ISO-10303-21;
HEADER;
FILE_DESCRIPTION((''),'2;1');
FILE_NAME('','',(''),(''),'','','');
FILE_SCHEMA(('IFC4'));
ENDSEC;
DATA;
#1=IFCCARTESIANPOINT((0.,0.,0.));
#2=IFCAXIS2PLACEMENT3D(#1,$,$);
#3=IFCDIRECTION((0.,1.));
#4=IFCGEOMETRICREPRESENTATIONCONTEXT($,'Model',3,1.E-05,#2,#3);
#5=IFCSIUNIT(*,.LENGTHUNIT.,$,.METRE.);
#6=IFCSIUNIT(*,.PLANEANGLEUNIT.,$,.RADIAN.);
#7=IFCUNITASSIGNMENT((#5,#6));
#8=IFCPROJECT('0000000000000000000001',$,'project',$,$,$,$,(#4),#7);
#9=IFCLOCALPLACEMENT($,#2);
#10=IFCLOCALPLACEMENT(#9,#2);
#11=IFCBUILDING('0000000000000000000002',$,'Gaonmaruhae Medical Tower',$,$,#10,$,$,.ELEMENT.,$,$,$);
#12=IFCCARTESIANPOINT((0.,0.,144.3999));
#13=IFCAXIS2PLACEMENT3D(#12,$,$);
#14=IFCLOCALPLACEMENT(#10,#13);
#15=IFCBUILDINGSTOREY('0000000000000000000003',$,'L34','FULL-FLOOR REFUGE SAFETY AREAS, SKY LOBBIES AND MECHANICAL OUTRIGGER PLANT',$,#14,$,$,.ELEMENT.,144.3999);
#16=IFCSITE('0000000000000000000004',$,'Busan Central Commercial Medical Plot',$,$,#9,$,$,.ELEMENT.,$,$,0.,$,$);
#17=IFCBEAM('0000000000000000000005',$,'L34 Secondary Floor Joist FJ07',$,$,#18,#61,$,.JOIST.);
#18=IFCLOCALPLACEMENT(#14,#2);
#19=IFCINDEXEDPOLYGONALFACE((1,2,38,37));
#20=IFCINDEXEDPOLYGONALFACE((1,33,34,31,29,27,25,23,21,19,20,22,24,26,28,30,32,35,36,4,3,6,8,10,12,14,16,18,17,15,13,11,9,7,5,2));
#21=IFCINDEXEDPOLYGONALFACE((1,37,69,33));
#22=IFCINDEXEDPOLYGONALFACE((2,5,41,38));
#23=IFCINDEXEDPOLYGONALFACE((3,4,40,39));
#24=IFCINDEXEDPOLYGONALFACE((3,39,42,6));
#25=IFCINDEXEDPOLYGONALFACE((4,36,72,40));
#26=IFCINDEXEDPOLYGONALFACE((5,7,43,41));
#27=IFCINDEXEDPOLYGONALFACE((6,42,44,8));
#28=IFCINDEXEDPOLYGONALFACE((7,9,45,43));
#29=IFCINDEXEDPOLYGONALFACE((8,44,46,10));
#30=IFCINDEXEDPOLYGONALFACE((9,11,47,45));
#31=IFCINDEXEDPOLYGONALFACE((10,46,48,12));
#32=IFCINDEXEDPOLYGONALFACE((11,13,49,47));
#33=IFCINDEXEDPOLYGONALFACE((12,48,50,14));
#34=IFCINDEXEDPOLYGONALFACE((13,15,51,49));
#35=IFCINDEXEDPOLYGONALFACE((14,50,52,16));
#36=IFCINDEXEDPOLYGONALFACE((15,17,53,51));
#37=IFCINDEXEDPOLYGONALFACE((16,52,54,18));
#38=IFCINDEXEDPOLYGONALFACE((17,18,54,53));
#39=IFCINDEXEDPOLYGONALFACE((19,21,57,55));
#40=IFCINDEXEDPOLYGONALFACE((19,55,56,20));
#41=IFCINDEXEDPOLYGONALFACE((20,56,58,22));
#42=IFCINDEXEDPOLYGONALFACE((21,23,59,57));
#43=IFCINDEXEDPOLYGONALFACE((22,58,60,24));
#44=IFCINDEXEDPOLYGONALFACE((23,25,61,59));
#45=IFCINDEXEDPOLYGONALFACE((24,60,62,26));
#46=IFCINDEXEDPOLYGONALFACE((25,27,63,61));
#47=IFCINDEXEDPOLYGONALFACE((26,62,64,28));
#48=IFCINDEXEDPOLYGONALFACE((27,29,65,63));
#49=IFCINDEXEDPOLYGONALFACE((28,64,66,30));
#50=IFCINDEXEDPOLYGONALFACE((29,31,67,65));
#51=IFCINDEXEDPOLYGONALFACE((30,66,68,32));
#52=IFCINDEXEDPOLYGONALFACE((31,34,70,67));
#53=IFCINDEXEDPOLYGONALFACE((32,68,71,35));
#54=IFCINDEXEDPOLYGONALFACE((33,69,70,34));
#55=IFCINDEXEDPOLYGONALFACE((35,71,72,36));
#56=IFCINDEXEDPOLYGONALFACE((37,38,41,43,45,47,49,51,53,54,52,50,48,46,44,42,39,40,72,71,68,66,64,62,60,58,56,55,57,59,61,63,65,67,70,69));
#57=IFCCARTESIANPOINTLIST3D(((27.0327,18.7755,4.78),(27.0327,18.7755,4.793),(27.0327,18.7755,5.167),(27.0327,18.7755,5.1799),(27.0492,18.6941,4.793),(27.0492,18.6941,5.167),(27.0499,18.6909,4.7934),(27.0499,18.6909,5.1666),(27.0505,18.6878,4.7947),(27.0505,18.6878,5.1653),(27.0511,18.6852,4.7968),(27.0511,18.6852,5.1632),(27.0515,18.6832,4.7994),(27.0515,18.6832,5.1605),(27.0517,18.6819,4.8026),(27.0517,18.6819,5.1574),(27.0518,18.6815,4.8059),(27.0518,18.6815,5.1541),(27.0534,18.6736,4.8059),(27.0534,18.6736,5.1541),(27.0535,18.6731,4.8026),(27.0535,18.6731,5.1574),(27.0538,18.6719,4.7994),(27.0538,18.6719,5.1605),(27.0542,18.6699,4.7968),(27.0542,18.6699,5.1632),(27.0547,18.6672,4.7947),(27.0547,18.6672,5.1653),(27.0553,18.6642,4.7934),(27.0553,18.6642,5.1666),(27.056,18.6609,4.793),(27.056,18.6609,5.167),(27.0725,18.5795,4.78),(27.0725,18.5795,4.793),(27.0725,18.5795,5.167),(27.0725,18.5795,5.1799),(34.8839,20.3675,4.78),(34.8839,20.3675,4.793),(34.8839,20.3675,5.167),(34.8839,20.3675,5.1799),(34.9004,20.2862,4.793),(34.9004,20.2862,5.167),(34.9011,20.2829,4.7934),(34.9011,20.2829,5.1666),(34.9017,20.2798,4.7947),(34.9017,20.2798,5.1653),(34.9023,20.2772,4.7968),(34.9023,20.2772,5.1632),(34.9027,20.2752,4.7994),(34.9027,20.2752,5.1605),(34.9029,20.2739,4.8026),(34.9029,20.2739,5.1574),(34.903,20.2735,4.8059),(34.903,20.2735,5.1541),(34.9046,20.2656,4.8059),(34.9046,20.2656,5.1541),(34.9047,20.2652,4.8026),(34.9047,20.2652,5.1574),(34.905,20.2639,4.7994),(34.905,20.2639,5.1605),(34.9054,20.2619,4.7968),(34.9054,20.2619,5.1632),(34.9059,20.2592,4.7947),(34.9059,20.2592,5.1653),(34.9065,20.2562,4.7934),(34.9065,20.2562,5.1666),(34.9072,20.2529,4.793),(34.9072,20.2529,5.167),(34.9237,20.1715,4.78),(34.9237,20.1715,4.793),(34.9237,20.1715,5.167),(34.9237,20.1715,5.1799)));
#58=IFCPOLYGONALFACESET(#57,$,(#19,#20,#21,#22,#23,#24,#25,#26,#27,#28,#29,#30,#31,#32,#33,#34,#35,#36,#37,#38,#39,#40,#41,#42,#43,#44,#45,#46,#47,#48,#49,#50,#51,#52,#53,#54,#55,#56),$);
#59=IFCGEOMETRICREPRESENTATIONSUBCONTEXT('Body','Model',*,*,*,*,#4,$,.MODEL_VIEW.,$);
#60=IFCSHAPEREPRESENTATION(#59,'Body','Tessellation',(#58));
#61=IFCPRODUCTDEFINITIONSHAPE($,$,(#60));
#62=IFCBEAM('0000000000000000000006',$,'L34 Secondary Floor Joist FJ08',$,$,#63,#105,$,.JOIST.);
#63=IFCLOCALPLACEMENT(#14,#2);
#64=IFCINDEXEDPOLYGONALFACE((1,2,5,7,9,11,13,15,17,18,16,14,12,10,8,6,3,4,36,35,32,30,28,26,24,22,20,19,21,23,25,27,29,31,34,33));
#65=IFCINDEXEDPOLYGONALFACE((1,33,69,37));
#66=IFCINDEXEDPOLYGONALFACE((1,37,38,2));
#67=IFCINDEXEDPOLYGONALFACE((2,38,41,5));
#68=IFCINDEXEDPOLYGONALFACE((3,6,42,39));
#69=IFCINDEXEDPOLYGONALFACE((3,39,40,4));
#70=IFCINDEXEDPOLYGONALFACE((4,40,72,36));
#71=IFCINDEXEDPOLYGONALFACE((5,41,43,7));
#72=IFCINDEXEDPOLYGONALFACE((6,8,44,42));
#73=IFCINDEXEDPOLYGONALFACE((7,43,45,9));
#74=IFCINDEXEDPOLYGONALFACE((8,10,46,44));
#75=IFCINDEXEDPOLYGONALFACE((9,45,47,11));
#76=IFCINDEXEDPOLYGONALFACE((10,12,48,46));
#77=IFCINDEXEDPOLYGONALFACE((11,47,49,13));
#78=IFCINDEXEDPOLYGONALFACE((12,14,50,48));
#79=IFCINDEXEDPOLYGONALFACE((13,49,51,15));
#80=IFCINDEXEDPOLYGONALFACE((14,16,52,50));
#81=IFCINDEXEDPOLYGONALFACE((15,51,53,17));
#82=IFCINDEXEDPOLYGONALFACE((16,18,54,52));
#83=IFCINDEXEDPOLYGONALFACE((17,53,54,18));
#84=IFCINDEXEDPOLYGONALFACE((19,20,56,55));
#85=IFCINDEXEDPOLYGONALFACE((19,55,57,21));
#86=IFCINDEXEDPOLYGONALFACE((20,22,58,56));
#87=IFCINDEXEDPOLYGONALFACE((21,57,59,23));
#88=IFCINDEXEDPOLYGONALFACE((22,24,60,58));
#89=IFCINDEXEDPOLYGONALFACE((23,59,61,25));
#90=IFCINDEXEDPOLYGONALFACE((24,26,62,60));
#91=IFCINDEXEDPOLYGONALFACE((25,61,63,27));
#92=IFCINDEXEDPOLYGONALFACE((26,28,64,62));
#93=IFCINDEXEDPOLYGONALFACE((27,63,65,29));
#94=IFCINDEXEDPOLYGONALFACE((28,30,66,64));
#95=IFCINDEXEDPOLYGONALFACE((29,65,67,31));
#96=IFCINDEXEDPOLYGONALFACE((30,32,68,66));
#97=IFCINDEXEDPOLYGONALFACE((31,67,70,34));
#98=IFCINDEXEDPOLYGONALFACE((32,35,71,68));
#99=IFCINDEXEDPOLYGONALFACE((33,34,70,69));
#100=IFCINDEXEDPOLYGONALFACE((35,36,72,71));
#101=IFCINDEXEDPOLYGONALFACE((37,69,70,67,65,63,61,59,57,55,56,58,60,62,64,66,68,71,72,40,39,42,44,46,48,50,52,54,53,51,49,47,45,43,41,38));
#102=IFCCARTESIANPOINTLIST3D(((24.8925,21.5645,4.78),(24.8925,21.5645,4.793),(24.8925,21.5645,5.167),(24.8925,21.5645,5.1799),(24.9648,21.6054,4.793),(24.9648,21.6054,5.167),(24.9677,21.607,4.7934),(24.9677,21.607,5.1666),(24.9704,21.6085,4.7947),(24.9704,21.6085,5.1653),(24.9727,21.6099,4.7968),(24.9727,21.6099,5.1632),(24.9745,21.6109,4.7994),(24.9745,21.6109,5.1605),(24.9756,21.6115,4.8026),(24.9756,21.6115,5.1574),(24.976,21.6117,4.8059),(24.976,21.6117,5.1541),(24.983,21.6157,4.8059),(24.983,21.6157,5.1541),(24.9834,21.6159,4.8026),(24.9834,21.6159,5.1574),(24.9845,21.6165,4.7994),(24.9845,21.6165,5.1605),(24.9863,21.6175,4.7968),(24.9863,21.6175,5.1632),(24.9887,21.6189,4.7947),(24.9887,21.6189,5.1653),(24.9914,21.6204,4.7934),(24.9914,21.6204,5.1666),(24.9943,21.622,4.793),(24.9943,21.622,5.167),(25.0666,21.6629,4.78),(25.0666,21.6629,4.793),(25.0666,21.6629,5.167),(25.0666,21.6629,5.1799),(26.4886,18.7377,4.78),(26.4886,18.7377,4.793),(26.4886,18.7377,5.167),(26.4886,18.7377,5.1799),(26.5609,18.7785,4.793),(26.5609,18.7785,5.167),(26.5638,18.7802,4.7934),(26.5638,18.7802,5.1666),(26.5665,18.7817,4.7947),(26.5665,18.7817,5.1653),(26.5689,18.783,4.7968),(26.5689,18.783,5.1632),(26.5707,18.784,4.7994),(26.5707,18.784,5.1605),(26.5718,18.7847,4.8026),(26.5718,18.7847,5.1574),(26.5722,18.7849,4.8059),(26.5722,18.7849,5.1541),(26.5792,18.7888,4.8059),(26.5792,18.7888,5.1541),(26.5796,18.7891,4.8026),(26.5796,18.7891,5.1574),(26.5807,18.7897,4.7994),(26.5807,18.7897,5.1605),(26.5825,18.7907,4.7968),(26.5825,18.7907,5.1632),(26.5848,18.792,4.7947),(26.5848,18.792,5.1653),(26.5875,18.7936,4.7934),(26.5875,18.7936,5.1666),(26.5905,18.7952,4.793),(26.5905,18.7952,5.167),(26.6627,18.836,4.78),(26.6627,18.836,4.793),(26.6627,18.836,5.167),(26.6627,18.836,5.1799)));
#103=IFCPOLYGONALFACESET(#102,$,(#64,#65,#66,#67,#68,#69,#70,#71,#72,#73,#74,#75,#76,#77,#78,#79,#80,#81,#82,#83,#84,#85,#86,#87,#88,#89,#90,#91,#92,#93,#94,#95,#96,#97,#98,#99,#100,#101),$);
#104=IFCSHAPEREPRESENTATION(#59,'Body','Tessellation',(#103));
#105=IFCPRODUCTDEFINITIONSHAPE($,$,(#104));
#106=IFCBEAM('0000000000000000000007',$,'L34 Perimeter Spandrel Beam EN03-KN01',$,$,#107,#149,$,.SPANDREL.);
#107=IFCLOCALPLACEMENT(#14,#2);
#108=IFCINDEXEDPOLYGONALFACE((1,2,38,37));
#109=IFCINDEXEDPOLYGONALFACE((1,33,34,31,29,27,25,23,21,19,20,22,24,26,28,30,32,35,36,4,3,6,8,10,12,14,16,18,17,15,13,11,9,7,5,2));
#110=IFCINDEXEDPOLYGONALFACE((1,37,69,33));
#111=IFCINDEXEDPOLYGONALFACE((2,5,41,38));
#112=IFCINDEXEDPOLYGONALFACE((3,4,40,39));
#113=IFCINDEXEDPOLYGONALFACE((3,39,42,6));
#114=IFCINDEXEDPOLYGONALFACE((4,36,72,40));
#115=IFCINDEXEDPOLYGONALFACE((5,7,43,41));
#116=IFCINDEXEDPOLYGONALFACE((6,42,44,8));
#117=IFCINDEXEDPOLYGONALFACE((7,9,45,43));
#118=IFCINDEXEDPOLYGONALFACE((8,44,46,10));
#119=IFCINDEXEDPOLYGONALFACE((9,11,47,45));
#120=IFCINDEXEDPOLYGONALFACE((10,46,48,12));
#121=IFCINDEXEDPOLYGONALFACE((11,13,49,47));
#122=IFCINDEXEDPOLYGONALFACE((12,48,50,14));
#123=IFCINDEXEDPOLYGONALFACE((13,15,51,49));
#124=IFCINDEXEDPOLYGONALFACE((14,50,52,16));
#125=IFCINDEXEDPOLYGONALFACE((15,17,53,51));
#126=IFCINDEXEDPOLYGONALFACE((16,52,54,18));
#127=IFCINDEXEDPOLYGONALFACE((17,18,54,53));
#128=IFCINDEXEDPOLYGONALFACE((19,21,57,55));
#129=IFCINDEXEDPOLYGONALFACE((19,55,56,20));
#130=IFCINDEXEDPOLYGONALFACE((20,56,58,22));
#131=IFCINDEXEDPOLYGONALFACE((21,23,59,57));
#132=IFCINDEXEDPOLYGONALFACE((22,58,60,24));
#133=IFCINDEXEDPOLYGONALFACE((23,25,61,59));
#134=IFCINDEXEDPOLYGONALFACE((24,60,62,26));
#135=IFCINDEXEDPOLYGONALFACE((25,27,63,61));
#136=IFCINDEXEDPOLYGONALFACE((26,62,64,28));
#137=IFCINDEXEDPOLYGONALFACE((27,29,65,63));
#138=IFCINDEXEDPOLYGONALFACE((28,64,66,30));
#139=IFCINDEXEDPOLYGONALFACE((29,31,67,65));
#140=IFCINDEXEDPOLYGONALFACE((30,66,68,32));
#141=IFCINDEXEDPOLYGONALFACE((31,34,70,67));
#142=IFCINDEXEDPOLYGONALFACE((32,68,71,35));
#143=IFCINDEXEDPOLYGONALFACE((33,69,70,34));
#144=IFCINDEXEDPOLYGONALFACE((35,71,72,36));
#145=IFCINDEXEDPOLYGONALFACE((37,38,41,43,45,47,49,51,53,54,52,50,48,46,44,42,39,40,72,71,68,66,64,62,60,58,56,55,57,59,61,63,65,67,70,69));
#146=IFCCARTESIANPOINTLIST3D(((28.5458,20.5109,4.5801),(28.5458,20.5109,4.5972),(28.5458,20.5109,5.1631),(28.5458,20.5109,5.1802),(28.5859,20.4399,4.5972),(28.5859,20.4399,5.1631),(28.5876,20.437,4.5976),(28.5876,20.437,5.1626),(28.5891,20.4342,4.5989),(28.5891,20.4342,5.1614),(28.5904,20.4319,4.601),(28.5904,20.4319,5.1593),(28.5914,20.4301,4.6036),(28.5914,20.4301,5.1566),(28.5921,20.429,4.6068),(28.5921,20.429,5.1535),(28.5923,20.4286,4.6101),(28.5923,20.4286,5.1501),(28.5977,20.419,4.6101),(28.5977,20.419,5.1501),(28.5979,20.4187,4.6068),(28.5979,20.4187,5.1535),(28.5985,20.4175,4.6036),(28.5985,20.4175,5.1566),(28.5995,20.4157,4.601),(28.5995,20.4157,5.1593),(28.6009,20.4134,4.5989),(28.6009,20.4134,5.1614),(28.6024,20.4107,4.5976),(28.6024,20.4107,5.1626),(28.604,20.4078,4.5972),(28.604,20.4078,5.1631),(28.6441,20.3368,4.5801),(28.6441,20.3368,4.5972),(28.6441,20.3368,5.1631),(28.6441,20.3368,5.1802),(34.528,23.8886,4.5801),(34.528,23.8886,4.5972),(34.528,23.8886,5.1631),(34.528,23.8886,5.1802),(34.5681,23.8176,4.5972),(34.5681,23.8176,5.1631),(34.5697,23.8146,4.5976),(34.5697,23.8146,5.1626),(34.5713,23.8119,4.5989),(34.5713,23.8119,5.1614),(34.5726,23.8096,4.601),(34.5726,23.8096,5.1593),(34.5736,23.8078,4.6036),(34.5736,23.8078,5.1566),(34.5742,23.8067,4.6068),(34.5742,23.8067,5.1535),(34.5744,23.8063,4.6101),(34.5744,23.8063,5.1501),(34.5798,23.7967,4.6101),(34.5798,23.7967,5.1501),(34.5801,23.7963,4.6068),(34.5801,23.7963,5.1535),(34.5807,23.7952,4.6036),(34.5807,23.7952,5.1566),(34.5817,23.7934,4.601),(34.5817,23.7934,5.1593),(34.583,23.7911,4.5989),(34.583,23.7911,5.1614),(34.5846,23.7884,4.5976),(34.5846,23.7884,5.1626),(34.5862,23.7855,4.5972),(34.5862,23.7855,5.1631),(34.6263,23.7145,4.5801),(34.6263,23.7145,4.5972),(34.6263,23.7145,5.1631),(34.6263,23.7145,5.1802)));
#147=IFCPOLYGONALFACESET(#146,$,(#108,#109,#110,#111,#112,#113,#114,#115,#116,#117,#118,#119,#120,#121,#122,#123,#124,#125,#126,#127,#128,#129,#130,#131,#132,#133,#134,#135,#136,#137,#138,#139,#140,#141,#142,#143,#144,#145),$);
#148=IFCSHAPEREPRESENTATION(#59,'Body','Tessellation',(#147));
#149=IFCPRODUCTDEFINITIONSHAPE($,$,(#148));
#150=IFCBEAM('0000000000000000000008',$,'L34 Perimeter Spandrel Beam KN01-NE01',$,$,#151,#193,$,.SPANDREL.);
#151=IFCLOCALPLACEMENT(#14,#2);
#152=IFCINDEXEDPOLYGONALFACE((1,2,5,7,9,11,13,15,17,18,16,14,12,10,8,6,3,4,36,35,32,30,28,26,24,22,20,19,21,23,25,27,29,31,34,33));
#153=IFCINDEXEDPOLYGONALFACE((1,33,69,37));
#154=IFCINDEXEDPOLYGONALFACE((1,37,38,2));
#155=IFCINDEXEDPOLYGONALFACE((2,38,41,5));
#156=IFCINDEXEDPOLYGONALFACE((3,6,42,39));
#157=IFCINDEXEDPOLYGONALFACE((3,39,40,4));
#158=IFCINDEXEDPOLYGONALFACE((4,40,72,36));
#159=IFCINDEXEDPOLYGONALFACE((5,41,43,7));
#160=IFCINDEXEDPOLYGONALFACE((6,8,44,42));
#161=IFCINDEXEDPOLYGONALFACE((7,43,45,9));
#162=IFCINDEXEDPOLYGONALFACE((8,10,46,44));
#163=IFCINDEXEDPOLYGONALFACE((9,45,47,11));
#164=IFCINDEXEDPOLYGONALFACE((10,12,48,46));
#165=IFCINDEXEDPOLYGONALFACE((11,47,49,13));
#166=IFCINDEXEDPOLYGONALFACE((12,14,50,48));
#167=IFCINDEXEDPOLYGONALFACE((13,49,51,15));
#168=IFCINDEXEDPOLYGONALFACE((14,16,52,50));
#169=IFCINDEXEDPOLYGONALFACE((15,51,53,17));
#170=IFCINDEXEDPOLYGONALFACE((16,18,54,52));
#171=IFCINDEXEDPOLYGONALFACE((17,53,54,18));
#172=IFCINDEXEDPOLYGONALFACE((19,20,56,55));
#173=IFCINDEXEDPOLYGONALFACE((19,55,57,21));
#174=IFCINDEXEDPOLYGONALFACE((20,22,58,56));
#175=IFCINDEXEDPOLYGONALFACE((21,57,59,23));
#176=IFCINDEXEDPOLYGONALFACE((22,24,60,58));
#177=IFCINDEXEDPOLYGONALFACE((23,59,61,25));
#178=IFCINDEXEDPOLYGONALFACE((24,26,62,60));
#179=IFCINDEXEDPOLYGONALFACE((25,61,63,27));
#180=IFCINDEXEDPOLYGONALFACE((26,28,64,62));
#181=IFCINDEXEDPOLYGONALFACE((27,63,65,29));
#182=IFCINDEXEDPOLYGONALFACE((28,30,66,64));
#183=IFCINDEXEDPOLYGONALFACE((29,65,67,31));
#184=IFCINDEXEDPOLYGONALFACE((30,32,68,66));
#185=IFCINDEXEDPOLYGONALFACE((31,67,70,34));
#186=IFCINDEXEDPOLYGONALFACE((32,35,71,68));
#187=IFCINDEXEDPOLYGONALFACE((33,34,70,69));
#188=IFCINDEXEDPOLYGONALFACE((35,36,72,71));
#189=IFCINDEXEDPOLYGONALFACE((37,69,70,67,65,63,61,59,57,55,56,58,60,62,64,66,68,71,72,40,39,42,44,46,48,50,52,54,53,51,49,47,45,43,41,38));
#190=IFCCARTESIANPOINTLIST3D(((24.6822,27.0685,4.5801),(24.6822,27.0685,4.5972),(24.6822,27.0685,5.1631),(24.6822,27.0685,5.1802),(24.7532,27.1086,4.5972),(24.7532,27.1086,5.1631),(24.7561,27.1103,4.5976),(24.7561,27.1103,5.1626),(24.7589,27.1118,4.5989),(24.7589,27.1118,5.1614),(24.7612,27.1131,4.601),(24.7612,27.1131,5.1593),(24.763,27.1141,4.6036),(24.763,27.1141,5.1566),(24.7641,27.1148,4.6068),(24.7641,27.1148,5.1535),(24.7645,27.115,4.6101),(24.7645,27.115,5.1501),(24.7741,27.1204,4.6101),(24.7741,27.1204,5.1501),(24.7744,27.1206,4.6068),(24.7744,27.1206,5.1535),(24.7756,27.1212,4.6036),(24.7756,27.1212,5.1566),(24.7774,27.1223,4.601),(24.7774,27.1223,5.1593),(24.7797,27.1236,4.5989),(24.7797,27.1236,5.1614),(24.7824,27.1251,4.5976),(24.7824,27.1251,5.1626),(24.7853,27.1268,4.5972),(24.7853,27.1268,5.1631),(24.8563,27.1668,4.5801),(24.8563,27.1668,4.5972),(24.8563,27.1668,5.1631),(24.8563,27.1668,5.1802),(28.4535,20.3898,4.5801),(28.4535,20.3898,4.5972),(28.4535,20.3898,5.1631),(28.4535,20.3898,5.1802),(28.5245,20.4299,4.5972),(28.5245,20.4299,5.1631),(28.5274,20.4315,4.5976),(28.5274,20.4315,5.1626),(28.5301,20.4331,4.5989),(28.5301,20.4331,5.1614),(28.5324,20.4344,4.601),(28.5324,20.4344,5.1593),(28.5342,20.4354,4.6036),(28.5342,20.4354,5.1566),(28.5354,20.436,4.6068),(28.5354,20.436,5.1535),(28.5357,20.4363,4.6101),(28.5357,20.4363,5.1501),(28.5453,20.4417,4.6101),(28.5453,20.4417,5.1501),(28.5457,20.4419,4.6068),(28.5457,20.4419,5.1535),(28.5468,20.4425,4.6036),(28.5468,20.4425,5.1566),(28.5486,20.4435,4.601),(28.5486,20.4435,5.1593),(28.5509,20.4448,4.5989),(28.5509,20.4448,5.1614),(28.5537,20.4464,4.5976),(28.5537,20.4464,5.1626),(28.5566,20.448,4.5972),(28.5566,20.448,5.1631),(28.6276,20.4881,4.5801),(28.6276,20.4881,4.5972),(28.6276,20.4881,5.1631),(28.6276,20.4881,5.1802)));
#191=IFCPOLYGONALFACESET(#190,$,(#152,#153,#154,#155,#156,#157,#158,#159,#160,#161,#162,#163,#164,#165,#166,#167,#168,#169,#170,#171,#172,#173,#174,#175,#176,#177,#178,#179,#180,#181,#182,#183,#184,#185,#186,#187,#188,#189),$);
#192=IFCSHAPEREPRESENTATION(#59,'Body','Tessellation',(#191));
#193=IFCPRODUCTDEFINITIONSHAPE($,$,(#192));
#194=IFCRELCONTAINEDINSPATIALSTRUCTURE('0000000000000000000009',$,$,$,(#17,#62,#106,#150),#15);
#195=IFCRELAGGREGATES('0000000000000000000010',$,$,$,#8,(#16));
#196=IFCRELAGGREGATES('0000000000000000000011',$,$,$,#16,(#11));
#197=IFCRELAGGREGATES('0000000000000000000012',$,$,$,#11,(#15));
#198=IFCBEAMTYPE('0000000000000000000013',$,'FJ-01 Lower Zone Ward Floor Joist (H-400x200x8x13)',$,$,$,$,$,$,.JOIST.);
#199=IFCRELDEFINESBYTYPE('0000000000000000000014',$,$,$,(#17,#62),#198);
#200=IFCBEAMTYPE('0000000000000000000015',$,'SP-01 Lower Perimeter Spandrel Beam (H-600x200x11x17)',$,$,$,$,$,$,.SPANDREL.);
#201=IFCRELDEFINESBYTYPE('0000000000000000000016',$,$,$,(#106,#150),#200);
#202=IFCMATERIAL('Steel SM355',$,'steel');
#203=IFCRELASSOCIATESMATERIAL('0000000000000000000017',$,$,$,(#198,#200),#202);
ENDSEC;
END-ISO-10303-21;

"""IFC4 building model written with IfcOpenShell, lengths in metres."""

from ifc_helpers import new_model, si_unit, direction, frame, origin, origin_2d, place, context, subcontext, project, spatial, i_section, extrude, material, material_profile, profile_set, type_object, element, save


model = new_model("IFC4")

# Units and contexts
model_context = context("Model", 3, precision=1e-05, world=origin(), true_north=direction((0.0, 1.0)))
body_context = subcontext(model_context, "Body", "Model", "MODEL_VIEW")
ifc_project = project(units=[si_unit("LENGTHUNIT", "METRE"), si_unit("PLANEANGLEUNIT", "RADIAN")], contexts=[model_context])

# Site, building, storey
site_placement = place(None, origin())
site = spatial("IfcSite", under=ifc_project, at=site_placement, Name="Busan Central Commercial Medical Plot", CompositionType="ELEMENT", RefElevation=0.0)
building_placement = place(site_placement, origin())
building = spatial("IfcBuilding", under=site, at=building_placement, Name="Gaonmaruhae Medical Tower", CompositionType="ELEMENT")
storey_placement = place(building_placement, frame((0.0, 0.0, 144.3999)))
storey = spatial("IfcBuildingStorey", under=building, at=storey_placement, Name="L34", Description="FULL-FLOOR REFUGE SAFETY AREAS, SKY LOBBIES AND MECHANICAL OUTRIGGER PLANT", CompositionType="ELEMENT", Elevation=144.3999)

# Beams
ifc_material_1 = material(Name="Steel SM355", Category="steel")
ifc_material_profile_1 = material_profile(ifc_material_1, i_section(OverallWidth=0.2, OverallDepth=0.3999, WebThickness=0.0081, FlangeThickness=0.0129, FilletRadius=0.0129, at=origin_2d()), Name="H-400x200x8x13")
ifc_profile_set_1 = profile_set([ifc_material_profile_1], Name="Steel SM355")
beam_type_1 = type_object("IfcBeamType", Name="FJ-01 Lower Zone Ward Floor Joist (H-400x200x8x13)", PredefinedType="JOIST", material=ifc_profile_set_1)
beam_1_placement = place(storey_placement, frame((34.9038, 20.2695, 4.98), z_axis=(-0.980054, -0.198729, 0.0), x_axis=(0.198729, -0.980054, 0.0)))
element("IfcBeam", 1, at=beam_1_placement, inside=storey, type_object=beam_type_1, Name="L34 Secondary Floor Joist FJ07", PredefinedType="JOIST", context=body_context, shape_type="SweptSolid", body=[
    extrude(i_section(OverallWidth=0.2, OverallDepth=0.3999, WebThickness=0.0081, FlangeThickness=0.0129, FilletRadius=0.0129, at=origin_2d()), origin(), (0.0, 0.0, 1.0), 8.011),
])
beam_2_placement = place(storey_placement, frame((26.5757, 18.7869, 4.98), z_axis=(-0.491678, 0.870777, 0.0), x_axis=(-0.870777, -0.491678, 0.0)))
element("IfcBeam", 2, at=beam_2_placement, inside=storey, type_object=beam_type_1, Name="L34 Secondary Floor Joist FJ08", PredefinedType="JOIST", context=body_context, shape_type="SweptSolid", body=[
    extrude(i_section(OverallWidth=0.2, OverallDepth=0.3999, WebThickness=0.0081, FlangeThickness=0.0129, FilletRadius=0.0129, at=origin_2d()), origin(), (0.0, 0.0, 1.0), 3.2463),
])
ifc_material_profile_2 = material_profile(ifc_material_1, i_section(OverallWidth=0.2, OverallDepth=0.6001, WebThickness=0.011, FlangeThickness=0.0171, FilletRadius=0.0129, at=origin_2d()), Name="H-600x200x11x17")
ifc_profile_set_2 = profile_set([ifc_material_profile_2], Name="Steel SM355")
beam_type_2 = type_object("IfcBeamType", Name="SP-01 Lower Perimeter Spandrel Beam (H-600x200x11x17)", PredefinedType="SPANDREL", material=ifc_profile_set_2)
beam_3_placement = place(storey_placement, frame((34.5771, 23.8015, 4.8801), z_axis=(-0.870784, -0.491666, 0.0), x_axis=(0.491666, -0.870784, 0.0)))
element("IfcBeam", 3, at=beam_3_placement, inside=storey, type_object=beam_type_2, Name="L34 Perimeter Spandrel Beam EN03-KN01", PredefinedType="SPANDREL", context=body_context, shape_type="SweptSolid", body=[
    extrude(i_section(OverallWidth=0.2, OverallDepth=0.6001, WebThickness=0.011, FlangeThickness=0.0171, FilletRadius=0.0129, at=origin_2d()), origin(), (0.0, 0.0, 1.0), 6.8699),
])
beam_4_placement = place(storey_placement, frame((28.5405, 20.439, 4.8801), z_axis=(-0.491693, 0.870768, 0.0), x_axis=(-0.870768, -0.491693, 0.0)))
element("IfcBeam", 4, at=beam_4_placement, inside=storey, type_object=beam_type_2, Name="L34 Perimeter Spandrel Beam KN01-NE01", PredefinedType="SPANDREL", context=body_context, shape_type="SweptSolid", body=[
    extrude(i_section(OverallWidth=0.2, OverallDepth=0.6001, WebThickness=0.011, FlangeThickness=0.0171, FilletRadius=0.0129, at=origin_2d()), origin(), (0.0, 0.0, 1.0), 7.6699),
])

save(model, "model.ifc")
